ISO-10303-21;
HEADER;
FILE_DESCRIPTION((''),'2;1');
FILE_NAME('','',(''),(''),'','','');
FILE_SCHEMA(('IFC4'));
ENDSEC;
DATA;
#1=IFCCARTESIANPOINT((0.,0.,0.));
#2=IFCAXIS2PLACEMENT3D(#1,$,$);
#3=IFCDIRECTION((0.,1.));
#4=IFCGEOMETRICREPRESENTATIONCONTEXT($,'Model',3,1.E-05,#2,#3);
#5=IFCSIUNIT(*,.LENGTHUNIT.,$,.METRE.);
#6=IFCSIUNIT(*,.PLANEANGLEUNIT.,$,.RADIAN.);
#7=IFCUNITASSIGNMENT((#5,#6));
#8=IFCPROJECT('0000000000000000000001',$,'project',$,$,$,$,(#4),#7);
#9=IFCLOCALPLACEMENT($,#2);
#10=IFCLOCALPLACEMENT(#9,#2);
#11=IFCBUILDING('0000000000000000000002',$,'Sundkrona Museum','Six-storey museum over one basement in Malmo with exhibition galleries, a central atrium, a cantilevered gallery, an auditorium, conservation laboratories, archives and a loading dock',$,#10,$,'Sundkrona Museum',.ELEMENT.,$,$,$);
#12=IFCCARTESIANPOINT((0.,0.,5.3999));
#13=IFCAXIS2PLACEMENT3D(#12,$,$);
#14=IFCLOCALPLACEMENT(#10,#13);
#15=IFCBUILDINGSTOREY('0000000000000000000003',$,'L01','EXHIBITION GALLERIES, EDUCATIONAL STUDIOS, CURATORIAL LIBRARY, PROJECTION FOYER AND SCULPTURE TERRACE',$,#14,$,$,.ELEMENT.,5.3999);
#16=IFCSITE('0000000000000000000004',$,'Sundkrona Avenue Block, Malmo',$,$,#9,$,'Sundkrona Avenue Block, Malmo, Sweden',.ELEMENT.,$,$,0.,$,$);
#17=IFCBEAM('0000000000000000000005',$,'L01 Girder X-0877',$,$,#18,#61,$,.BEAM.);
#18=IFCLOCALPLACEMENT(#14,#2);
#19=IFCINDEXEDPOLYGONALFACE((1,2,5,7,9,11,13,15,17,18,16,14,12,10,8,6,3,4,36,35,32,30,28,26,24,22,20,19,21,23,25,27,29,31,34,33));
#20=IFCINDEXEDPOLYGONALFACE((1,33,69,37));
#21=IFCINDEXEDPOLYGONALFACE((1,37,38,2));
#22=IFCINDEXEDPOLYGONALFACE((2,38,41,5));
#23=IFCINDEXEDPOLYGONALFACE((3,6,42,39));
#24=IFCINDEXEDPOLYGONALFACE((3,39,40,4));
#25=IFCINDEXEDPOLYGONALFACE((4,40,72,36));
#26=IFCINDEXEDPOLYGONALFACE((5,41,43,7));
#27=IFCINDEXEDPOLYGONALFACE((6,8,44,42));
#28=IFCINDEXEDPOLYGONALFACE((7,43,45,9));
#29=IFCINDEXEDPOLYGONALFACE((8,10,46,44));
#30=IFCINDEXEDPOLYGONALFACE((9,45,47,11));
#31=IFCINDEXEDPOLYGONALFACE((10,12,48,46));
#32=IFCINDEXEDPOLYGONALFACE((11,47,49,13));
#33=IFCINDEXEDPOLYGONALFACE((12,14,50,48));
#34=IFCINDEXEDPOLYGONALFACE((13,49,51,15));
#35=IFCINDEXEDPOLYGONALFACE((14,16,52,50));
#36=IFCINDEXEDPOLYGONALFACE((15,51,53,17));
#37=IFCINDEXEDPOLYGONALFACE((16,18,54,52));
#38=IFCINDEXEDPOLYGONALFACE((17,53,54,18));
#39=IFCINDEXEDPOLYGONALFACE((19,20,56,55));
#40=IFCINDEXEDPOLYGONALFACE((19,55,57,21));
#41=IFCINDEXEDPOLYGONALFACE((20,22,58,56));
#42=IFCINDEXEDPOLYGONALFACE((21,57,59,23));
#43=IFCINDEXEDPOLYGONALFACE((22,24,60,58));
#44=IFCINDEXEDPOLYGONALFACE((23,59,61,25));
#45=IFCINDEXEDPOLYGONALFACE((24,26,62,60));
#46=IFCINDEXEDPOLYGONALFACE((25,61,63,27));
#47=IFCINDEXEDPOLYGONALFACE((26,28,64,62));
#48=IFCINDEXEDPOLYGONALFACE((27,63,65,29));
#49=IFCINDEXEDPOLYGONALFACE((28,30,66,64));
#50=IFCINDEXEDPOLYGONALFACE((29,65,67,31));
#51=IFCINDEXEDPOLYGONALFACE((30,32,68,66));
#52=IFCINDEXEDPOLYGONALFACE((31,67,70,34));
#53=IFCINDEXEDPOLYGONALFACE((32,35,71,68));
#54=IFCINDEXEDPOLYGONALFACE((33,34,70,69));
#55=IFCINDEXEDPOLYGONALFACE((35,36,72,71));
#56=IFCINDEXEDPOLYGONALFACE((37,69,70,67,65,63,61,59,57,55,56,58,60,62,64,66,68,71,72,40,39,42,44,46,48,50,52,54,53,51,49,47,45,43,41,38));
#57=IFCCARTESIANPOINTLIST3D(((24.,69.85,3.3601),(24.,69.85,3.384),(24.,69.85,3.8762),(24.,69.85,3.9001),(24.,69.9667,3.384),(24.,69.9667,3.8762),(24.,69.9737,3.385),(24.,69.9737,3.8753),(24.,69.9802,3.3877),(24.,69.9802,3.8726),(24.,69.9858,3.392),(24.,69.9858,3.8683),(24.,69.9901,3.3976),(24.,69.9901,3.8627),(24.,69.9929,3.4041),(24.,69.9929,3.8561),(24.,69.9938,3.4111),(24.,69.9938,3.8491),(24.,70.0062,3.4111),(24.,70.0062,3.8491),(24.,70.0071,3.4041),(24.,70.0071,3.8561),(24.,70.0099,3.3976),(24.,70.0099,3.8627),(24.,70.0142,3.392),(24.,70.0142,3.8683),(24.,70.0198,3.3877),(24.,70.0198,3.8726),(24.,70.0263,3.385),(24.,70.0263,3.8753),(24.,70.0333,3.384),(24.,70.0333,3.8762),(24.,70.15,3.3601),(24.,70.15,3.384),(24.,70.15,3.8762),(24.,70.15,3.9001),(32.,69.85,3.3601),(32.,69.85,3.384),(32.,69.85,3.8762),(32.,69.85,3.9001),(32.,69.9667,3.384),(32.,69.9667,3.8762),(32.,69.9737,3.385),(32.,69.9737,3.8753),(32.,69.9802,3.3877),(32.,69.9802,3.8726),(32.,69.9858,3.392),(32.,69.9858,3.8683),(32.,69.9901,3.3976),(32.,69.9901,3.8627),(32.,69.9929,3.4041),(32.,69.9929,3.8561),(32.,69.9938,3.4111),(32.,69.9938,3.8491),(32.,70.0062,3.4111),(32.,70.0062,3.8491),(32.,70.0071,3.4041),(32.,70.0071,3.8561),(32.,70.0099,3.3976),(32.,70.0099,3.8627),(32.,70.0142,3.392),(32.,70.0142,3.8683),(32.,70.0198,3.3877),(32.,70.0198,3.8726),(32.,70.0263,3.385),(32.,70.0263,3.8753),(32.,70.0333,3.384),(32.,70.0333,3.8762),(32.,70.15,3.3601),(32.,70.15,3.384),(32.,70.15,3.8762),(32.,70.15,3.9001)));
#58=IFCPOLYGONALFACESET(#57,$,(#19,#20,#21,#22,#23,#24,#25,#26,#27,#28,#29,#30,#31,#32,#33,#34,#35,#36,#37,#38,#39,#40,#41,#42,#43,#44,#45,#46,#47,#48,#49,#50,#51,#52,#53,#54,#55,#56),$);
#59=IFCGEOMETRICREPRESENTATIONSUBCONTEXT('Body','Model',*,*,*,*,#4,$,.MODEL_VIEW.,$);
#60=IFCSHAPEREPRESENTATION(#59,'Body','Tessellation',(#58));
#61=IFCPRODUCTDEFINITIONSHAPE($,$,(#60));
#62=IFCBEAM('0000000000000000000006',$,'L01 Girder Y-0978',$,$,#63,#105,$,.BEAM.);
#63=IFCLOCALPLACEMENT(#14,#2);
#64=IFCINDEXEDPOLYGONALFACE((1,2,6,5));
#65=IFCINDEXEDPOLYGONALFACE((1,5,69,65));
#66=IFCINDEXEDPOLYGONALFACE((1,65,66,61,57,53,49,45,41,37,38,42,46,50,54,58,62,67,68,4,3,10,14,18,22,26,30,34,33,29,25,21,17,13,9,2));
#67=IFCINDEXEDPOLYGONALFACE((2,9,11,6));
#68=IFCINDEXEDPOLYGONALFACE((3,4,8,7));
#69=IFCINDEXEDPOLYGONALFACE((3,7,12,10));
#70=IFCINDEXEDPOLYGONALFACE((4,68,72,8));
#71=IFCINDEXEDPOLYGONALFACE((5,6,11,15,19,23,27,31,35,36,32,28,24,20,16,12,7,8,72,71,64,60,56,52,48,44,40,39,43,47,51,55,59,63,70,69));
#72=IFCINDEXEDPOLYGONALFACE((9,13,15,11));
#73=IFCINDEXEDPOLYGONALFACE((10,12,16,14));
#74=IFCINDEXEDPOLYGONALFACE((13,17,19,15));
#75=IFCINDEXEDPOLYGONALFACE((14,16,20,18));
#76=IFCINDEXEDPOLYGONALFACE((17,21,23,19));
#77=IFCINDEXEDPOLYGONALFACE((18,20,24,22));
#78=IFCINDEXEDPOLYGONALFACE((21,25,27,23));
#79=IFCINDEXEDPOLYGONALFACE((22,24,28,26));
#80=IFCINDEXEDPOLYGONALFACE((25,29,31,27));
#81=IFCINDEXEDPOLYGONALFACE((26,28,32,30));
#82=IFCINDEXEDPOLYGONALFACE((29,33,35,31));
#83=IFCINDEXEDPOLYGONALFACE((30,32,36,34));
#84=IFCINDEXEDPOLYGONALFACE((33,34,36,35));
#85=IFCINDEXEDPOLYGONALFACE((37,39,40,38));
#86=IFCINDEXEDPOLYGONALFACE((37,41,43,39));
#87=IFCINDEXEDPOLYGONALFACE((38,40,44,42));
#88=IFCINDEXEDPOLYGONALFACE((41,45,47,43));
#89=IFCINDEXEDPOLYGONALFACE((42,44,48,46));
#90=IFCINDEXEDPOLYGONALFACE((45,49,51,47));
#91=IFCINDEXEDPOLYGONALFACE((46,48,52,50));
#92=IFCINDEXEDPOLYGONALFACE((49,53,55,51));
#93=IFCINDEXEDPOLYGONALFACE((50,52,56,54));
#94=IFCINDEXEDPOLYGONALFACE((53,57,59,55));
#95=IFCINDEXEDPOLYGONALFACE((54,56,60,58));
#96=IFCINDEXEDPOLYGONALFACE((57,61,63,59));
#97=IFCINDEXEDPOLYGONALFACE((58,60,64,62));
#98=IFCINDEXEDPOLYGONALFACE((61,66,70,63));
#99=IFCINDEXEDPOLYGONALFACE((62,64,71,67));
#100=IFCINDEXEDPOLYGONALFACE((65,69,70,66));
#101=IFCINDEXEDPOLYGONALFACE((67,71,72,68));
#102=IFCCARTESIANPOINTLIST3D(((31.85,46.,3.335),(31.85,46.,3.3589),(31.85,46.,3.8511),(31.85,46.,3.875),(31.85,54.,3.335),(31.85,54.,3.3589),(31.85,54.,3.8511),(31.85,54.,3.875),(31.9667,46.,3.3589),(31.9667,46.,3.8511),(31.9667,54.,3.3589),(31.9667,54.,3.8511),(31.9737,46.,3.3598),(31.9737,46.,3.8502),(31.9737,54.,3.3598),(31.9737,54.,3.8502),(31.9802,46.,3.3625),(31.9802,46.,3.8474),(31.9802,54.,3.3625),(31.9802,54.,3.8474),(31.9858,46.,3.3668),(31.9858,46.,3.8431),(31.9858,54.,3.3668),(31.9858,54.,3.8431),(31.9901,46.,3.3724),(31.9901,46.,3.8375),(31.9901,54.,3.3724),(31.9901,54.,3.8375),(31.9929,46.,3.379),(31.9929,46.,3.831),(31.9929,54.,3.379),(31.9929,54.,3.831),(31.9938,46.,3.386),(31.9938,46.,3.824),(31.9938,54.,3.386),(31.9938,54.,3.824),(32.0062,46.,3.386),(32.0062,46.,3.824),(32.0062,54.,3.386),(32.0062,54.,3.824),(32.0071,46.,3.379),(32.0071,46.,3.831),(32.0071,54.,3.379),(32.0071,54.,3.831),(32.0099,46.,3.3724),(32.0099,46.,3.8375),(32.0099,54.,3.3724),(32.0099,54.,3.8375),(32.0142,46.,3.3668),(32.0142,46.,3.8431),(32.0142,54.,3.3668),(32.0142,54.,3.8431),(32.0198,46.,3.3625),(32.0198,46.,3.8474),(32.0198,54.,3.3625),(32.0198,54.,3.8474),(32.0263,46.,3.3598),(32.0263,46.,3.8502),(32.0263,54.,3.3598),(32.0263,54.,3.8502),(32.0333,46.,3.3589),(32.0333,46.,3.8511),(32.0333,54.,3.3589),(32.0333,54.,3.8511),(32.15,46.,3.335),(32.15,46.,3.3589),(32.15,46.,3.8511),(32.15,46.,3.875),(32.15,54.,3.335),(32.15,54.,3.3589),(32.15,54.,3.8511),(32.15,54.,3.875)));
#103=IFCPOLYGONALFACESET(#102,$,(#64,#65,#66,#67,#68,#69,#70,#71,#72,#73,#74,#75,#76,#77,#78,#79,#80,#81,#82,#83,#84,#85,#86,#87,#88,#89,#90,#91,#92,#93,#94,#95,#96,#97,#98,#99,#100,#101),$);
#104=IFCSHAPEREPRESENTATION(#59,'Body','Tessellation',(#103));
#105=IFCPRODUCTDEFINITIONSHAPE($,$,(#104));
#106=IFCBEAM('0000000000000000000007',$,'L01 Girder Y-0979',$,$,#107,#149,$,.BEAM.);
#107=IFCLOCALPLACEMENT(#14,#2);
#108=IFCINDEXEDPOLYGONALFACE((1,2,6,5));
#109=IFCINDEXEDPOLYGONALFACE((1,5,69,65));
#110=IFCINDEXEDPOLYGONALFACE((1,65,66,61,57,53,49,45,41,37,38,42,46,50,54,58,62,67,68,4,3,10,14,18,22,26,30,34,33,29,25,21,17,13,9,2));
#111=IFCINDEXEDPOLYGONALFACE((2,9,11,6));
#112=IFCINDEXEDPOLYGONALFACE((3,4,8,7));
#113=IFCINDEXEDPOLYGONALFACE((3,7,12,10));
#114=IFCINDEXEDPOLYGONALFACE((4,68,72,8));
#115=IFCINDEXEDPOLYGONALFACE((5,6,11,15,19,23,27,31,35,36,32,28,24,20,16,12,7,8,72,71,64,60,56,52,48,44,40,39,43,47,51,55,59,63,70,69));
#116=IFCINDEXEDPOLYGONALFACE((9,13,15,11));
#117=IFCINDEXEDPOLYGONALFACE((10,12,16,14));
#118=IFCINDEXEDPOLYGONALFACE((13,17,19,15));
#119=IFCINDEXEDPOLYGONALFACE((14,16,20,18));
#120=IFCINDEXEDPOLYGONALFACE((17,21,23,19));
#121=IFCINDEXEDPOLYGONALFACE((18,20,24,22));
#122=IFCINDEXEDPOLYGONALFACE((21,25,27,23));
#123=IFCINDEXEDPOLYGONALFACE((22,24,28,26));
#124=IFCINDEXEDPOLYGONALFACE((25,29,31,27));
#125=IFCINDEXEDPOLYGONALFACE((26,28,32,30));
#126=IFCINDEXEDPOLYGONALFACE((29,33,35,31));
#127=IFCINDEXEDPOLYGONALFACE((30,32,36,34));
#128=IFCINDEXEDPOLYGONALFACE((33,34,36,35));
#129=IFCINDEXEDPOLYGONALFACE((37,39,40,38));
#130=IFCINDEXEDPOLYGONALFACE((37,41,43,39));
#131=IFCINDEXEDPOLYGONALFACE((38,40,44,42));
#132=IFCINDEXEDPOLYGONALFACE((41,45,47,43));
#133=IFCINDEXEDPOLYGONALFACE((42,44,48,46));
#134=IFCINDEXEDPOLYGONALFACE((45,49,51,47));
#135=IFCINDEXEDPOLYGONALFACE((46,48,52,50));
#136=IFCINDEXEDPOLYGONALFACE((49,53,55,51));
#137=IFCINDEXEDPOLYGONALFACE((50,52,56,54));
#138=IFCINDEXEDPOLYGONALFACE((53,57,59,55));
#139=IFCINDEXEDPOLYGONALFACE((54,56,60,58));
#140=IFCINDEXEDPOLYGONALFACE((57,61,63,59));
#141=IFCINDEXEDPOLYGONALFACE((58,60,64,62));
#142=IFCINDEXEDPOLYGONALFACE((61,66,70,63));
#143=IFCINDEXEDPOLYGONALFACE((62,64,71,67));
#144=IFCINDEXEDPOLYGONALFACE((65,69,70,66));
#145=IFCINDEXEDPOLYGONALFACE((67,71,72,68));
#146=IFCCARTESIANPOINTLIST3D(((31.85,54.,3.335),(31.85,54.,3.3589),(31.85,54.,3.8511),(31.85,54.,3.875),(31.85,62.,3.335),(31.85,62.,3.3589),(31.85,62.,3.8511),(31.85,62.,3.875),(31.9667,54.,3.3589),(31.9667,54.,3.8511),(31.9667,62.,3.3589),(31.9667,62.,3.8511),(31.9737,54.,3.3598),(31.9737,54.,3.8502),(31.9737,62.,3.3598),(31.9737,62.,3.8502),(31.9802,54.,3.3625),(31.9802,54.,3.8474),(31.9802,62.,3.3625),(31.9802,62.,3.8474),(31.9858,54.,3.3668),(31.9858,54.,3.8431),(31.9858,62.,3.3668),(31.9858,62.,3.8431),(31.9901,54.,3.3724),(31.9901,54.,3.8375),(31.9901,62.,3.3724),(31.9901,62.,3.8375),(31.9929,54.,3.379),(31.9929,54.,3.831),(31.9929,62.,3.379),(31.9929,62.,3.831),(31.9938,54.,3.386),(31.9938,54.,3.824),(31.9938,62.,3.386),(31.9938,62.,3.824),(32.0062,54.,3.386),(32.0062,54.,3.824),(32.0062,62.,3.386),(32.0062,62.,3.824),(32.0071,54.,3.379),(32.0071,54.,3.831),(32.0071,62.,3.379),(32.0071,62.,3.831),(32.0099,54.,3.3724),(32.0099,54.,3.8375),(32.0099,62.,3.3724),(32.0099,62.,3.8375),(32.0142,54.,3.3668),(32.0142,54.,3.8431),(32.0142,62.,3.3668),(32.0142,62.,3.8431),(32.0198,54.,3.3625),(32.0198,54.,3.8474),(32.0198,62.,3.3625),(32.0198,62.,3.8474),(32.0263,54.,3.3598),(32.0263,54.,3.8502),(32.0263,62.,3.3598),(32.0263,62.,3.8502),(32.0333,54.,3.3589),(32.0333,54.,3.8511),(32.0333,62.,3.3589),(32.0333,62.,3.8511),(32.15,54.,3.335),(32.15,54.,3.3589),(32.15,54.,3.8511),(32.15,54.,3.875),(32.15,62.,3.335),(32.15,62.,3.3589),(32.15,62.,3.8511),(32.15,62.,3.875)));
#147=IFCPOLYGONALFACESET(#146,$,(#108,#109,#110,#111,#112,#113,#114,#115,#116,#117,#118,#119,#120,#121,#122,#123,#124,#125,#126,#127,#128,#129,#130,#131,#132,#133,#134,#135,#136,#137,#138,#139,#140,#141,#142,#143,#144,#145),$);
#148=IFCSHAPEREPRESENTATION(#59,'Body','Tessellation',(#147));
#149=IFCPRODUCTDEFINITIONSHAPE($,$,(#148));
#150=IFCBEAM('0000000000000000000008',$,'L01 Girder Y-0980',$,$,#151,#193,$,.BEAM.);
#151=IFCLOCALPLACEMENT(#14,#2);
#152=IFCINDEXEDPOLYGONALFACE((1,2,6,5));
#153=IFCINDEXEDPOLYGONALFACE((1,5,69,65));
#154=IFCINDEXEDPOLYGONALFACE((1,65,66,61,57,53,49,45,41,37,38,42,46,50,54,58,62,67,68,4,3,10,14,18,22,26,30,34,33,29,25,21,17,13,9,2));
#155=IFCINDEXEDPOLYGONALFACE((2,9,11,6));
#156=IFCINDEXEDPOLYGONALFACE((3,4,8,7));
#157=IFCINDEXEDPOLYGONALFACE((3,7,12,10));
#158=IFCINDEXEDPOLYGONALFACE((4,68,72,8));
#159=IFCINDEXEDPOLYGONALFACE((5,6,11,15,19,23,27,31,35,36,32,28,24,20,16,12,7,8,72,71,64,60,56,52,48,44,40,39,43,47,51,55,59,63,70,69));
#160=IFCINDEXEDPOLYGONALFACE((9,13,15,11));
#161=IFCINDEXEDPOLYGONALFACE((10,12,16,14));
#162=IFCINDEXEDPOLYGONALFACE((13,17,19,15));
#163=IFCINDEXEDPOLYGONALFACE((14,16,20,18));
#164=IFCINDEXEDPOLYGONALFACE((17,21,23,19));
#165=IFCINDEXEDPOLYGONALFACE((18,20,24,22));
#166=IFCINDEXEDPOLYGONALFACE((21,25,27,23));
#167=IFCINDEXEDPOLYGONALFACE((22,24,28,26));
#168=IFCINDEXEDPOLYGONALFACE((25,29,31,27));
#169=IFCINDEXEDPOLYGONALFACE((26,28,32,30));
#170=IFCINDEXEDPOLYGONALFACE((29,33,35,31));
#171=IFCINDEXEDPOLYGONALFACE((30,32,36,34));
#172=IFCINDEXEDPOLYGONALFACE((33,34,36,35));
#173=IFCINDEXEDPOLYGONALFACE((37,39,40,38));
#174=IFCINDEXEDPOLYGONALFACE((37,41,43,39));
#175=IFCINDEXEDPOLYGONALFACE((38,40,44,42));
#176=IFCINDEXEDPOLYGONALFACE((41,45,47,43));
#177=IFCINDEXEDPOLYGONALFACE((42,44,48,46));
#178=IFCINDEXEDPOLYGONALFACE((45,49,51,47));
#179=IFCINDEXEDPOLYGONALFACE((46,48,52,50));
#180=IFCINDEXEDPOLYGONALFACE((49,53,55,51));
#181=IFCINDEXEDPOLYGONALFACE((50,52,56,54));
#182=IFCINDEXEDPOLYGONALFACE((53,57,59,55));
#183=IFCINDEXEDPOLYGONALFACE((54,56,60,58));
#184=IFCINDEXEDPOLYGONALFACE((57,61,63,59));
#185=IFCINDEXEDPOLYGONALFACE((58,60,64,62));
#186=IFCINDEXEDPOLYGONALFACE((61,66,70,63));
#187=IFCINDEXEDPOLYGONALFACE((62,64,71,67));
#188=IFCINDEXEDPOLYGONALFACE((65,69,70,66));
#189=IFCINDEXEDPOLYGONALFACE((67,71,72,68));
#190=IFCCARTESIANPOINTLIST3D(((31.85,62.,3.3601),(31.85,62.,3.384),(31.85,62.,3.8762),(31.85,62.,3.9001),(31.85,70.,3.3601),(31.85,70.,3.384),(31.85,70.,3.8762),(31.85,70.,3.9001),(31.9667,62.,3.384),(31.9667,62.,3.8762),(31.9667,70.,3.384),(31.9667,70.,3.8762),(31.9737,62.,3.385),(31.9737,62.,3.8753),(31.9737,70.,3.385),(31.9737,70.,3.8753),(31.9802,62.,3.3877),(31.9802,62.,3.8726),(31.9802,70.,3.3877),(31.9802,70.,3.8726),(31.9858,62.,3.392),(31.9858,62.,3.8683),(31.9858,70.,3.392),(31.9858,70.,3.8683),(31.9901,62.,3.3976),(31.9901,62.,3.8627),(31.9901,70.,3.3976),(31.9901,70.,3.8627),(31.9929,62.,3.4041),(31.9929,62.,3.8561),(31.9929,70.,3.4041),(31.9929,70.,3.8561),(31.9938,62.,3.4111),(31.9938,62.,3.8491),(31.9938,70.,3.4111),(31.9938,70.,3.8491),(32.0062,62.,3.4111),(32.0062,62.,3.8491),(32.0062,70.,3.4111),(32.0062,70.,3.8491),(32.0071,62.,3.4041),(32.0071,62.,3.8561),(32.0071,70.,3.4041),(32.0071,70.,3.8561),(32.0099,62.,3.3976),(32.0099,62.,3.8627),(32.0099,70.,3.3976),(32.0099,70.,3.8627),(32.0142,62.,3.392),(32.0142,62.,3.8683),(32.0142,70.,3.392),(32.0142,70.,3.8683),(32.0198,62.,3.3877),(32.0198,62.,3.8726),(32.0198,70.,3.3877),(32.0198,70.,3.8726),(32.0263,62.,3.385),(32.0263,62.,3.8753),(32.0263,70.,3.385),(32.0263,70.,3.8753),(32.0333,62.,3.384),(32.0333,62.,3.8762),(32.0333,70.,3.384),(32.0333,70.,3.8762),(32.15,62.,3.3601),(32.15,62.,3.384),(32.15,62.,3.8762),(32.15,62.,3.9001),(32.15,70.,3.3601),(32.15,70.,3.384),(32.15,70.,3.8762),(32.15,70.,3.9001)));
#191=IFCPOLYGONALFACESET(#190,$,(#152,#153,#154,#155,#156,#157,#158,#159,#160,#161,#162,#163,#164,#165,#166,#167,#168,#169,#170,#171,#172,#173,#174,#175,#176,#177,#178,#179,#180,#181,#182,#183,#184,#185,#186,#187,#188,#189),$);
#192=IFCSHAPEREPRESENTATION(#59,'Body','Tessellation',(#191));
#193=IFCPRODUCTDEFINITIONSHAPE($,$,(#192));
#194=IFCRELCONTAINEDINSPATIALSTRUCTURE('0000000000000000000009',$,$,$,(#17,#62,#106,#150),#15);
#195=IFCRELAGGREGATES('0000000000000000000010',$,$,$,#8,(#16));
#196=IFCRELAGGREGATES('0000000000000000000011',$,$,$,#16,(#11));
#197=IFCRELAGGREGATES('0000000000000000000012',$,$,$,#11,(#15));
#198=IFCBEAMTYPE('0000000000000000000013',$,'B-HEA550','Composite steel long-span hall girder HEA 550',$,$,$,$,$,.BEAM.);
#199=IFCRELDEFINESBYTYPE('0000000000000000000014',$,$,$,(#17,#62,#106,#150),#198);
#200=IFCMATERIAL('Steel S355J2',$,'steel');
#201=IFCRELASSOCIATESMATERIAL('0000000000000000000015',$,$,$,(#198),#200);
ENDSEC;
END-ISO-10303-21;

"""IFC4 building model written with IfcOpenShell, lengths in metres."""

from ifc_helpers import new_model, si_unit, direction, frame, origin, origin_2d, place, context, subcontext, project, spatial, i_section, extrude, material, material_profile, profile_set, type_object, element, save


model = new_model("IFC4")

# Units and contexts
model_context = context("Model", 3, precision=1e-05, world=origin(), true_north=direction((0.0, 1.0)))
body_context = subcontext(model_context, "Body", "Model", "MODEL_VIEW")
ifc_project = project(units=[si_unit("LENGTHUNIT", "METRE"), si_unit("PLANEANGLEUNIT", "RADIAN")], contexts=[model_context])

# Site, building, storey
site_placement = place(None, origin())
site = spatial("IfcSite", under=ifc_project, at=site_placement, Name="Sundkrona Avenue Block, Malmo", LongName="Sundkrona Avenue Block, Malmo, Sweden", CompositionType="ELEMENT", RefElevation=0.0)
building_placement = place(site_placement, origin())
building = spatial("IfcBuilding", under=site, at=building_placement, Name="Sundkrona Museum", Description="Six-storey museum over one basement in Malmo with exhibition galleries, a central atrium, a cantilevered gallery, an auditorium, conservation laboratories, archives and a loading dock", LongName="Sundkrona Museum", CompositionType="ELEMENT")
storey_placement = place(building_placement, frame((0.0, 0.0, 5.3999)))
storey = spatial("IfcBuildingStorey", under=building, at=storey_placement, Name="L01", Description="EXHIBITION GALLERIES, EDUCATIONAL STUDIOS, CURATORIAL LIBRARY, PROJECTION FOYER AND SCULPTURE TERRACE", CompositionType="ELEMENT", Elevation=5.3999)

# Shared definitions
ifc_material_1 = material(Name="Steel S355J2", Category="steel")

# Beams
ifc_material_profile_1 = material_profile(ifc_material_1, i_section(OverallWidth=0.3, OverallDepth=0.54, WebThickness=0.0125, FlangeThickness=0.0239, FilletRadius=0.0271, at=origin_2d()), Name="HEA 550")
ifc_profile_set_1 = profile_set([ifc_material_profile_1], Name="Steel S355J2")
beam_type_1 = type_object("IfcBeamType", Name="B-HEA550", Description="Composite steel long-span hall girder HEA 550", PredefinedType="BEAM", material=ifc_profile_set_1)
for number, where, z_axis, x_axis, name in (
    (1, (24.0, 70.0, 3.6301), (1.0, 0.0, 0.0), (0.0, 1.0, 0.0), "L01 Girder X-0877"),
    (2, (32.0, 46.0, 3.605), (0.0, 1.0, 0.0), (-1.0, 0.0, 0.0), "L01 Girder Y-0978"),
    (3, (32.0, 54.0, 3.605), (0.0, 1.0, 0.0), (-1.0, 0.0, 0.0), "L01 Girder Y-0979"),
    (4, (32.0, 62.0, 3.6301), (0.0, 1.0, 0.0), (-1.0, 0.0, 0.0), "L01 Girder Y-0980"),
):
    element("IfcBeam", number, at=place(storey_placement, frame(where, z_axis=z_axis, x_axis=x_axis)), inside=storey, type_object=beam_type_1, Name=name, PredefinedType="BEAM", context=body_context, shape_type="SweptSolid", body=[
        extrude(i_section(OverallWidth=0.3, OverallDepth=0.54, WebThickness=0.0125, FlangeThickness=0.0239, FilletRadius=0.0271, at=origin_2d()), origin(), (0.0, 0.0, 1.0), 8.0),
    ])

save(model, "model.ifc")
